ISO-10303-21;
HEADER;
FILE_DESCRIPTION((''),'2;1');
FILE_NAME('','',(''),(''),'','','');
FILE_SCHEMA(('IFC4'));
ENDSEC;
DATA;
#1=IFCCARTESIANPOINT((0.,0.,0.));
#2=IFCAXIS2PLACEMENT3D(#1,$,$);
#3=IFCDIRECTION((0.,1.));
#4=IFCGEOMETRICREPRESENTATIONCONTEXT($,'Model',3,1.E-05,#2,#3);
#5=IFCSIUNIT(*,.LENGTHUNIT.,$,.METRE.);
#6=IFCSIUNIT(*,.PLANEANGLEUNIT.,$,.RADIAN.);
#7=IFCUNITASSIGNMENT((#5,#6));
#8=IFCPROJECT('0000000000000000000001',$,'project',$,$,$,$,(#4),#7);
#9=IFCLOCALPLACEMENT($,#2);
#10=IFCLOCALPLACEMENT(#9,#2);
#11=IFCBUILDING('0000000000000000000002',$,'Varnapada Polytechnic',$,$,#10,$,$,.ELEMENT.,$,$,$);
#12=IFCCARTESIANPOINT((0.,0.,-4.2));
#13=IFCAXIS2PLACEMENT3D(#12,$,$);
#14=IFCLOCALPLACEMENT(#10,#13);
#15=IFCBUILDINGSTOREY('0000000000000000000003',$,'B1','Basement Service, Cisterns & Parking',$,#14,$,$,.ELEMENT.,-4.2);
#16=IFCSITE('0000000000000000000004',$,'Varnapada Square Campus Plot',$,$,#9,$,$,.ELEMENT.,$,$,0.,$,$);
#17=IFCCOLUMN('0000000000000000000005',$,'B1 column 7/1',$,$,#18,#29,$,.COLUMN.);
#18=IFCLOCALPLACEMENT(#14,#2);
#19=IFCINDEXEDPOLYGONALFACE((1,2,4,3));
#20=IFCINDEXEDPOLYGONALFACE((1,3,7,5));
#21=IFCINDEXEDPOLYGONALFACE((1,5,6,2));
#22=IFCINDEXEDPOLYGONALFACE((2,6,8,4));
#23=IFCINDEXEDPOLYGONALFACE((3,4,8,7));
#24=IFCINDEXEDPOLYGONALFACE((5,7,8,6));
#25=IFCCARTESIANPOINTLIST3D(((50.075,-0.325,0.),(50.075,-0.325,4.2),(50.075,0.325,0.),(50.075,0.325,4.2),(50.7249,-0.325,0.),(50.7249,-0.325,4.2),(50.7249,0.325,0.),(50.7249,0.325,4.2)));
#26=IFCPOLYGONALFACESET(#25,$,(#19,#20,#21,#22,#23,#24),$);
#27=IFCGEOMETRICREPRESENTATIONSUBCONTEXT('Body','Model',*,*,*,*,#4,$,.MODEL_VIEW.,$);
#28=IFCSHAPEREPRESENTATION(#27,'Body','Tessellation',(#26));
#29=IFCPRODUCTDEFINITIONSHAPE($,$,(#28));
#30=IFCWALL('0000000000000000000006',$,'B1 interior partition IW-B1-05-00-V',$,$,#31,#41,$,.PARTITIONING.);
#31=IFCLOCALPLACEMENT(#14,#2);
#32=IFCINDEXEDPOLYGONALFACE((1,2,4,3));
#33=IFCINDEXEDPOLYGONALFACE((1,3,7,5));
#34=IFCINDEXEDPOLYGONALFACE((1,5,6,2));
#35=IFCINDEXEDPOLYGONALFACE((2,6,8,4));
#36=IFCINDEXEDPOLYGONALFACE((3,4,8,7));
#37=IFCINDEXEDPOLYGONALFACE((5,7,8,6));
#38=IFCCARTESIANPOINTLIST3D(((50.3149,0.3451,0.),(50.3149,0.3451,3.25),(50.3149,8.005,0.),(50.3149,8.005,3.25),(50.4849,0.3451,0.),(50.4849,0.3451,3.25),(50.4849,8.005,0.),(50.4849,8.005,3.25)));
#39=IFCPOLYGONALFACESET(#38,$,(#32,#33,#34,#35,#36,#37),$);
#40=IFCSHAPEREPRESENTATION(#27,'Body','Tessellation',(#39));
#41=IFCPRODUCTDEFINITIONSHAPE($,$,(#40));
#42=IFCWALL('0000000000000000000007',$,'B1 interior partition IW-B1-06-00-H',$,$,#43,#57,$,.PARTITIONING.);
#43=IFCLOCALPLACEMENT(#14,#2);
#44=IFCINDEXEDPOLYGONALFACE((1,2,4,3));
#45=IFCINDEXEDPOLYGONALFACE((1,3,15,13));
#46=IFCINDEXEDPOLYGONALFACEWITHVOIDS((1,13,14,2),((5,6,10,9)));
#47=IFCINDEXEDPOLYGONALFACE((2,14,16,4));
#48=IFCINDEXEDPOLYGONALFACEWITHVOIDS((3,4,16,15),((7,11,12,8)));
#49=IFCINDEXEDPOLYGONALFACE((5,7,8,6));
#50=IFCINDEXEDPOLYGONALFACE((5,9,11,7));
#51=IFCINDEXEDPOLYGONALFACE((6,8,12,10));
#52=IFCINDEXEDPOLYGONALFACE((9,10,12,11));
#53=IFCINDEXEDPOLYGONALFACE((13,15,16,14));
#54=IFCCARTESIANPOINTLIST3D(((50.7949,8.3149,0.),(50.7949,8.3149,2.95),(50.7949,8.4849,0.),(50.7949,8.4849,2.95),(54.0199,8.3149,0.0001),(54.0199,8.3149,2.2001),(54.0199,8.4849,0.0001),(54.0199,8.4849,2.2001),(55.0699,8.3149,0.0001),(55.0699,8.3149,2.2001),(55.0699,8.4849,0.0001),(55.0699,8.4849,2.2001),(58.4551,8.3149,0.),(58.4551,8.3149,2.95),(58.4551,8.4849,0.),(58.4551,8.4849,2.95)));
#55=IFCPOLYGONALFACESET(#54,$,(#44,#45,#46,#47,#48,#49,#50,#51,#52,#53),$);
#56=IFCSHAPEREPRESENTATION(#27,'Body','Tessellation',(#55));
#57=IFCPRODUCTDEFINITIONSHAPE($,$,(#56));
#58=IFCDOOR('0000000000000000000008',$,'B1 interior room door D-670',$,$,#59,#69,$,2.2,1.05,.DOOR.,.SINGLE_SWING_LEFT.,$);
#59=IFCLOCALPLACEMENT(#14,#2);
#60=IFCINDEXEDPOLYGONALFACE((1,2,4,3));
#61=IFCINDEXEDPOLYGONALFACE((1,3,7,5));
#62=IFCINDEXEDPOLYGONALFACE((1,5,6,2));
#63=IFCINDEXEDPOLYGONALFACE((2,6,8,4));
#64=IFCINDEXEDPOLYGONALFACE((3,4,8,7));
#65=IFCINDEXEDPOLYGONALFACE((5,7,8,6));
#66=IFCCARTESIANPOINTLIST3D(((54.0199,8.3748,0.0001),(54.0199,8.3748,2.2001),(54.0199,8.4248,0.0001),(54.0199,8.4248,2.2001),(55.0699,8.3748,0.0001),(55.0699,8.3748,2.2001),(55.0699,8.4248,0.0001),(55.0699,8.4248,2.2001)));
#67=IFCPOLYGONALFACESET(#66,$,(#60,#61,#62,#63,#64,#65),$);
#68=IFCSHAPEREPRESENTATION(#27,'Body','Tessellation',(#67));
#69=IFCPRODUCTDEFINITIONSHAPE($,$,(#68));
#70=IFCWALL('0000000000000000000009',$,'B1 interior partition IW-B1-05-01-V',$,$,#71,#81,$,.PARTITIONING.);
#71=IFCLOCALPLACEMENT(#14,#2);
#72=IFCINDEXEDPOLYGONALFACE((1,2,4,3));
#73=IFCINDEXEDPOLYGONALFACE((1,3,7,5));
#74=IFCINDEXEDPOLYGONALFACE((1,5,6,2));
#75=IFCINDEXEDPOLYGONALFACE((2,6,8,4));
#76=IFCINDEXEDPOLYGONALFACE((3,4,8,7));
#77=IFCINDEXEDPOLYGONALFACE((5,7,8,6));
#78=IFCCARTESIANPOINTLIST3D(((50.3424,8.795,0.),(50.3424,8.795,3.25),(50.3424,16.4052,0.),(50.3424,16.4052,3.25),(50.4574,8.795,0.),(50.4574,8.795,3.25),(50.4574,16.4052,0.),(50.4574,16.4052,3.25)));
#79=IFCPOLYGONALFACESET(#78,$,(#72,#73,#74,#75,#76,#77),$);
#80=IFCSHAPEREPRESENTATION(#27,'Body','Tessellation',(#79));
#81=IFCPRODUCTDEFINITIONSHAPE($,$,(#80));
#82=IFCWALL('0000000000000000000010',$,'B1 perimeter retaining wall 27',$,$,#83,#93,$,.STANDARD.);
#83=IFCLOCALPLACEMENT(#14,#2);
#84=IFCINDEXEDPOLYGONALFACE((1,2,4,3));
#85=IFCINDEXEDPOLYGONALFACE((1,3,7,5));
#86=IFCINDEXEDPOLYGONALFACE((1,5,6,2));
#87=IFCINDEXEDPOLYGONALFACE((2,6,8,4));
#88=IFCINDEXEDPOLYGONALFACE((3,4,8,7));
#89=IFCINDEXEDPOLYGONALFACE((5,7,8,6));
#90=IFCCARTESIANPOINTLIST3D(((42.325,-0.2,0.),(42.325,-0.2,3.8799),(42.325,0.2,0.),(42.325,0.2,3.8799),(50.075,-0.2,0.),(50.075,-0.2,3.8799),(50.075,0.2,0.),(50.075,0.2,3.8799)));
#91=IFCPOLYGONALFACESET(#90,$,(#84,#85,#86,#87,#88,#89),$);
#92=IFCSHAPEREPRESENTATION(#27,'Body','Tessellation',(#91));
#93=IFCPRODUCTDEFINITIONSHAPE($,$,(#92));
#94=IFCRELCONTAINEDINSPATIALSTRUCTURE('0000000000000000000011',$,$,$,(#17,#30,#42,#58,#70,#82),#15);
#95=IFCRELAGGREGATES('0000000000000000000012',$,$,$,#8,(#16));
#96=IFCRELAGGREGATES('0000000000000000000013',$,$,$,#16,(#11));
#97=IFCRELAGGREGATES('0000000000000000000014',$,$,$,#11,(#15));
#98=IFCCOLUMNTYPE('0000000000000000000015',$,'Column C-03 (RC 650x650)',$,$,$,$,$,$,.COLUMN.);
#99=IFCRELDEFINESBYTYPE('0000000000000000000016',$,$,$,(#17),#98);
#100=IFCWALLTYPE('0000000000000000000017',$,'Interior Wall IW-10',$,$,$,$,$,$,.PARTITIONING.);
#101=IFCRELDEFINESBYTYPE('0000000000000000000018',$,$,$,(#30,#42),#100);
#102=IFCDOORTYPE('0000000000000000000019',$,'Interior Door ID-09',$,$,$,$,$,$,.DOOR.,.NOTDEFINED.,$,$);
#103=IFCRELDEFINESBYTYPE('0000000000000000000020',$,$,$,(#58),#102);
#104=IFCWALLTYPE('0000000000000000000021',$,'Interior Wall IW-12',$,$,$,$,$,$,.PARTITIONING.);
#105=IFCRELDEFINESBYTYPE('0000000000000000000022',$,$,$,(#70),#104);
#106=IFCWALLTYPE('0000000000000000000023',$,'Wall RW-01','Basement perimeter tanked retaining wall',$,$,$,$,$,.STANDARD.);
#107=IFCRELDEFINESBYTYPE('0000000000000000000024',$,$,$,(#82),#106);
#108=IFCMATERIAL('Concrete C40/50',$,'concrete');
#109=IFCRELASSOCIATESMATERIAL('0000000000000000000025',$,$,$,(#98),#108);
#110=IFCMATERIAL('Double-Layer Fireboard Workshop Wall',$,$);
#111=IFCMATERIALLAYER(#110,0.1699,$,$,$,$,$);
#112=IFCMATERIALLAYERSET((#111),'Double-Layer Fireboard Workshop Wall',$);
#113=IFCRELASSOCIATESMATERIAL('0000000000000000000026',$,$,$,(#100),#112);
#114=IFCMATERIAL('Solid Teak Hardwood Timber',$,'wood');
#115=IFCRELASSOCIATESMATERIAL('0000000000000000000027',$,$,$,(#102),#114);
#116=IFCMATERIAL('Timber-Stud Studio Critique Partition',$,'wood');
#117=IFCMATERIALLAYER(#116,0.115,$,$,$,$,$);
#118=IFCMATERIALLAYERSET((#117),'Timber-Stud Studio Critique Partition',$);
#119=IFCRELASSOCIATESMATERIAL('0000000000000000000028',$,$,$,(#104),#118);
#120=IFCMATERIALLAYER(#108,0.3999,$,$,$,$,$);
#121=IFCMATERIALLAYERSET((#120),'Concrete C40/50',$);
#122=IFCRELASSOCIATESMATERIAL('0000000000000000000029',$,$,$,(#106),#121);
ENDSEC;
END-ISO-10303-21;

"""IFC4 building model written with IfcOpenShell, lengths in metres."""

from ifc_helpers import new_model, si_unit, direction, frame, frame_2d, origin, origin_2d, place, context, subcontext, project, spatial, rectangle, extrude, material, layer, layer_set, material_profile, profile_set, type_object, element, fill, save


model = new_model("IFC4")

# Units and contexts
model_context = context("Model", 3, precision=1e-05, world=origin(), true_north=direction((0.0, 1.0)))
body_context = subcontext(model_context, "Body", "Model", "MODEL_VIEW")
ifc_project = project(units=[si_unit("LENGTHUNIT", "METRE"), si_unit("PLANEANGLEUNIT", "RADIAN")], contexts=[model_context])

# Site, building, storey
site_placement = place(None, origin())
site = spatial("IfcSite", under=ifc_project, at=site_placement, Name="Varnapada Square Campus Plot", CompositionType="ELEMENT", RefElevation=0.0)
building_placement = place(site_placement, origin())
building = spatial("IfcBuilding", under=site, at=building_placement, Name="Varnapada Polytechnic", CompositionType="ELEMENT")
storey_placement = place(building_placement, frame((0.0, 0.0, -4.2)))
storey = spatial("IfcBuildingStorey", under=building, at=storey_placement, Name="B1", Description="Basement Service, Cisterns & Parking", CompositionType="ELEMENT", Elevation=-4.2)

# Shared definitions
ifc_material_1 = material(Name="Concrete C40/50", Category="concrete")

# Column
ifc_material_profile_1 = material_profile(ifc_material_1, rectangle(XDim=0.6499, YDim=0.6499, at=origin_2d()), Name="RC 650x650")
ifc_profile_set_1 = profile_set([ifc_material_profile_1], Name="Concrete C40/50")
column_type_1 = type_object("IfcColumnType", Name="Column C-03 (RC 650x650)", PredefinedType="COLUMN", material=ifc_profile_set_1)
column_1_placement = place(storey_placement, frame((50.3999, 0.0, 0.0), z_axis=(0.0, 0.0, 1.0), x_axis=(1.0, 0.0, 0.0)))
element("IfcColumn", 1, at=column_1_placement, inside=storey, type_object=column_type_1, Name="B1 column 7/1", PredefinedType="COLUMN", context=body_context, shape_type="SweptSolid", body=[
    extrude(rectangle(XDim=0.6499, YDim=0.6499, at=origin_2d()), origin(), (0.0, 0.0, 1.0), 4.2),
])

# Wall
ifc_material_2 = material(Name="Double-Layer Fireboard Workshop Wall")
ifc_layer_1 = layer(ifc_material_2, 0.1699)
ifc_layer_set_1 = layer_set([ifc_layer_1], Name="Double-Layer Fireboard Workshop Wall")
wall_type_1 = type_object("IfcWallType", Name="Interior Wall IW-10", PredefinedType="PARTITIONING", material=ifc_layer_set_1)
wall_1_placement = place(storey_placement, frame((50.3999, 0.345, 0.0), z_axis=(0.0, 0.0, 1.0), x_axis=(0.0, 1.0, 0.0)))
element("IfcWall", 2, at=wall_1_placement, inside=storey, type_object=wall_type_1, Name="B1 interior partition IW-B1-05-00-V", PredefinedType="PARTITIONING", context=body_context, shape_type="SweptSolid", body=[
    extrude(rectangle(XDim=7.6599, YDim=0.1699, at=frame_2d((3.8301, 0.0))), origin(), (0.0, 0.0, 1.0), 3.25),
])

# Wall, opening, door
wall_2_placement = place(storey_placement, frame((50.7949, 8.3999, 0.0), z_axis=(0.0, 0.0, 1.0), x_axis=(1.0, 0.0, 0.0)))
wall_2 = element("IfcWall", 3, at=wall_2_placement, inside=storey, type_object=wall_type_1, Name="B1 interior partition IW-B1-06-00-H", PredefinedType="PARTITIONING", context=body_context, shape_type="SweptSolid", body=[
    extrude(rectangle(XDim=7.6602, YDim=0.1699, at=frame_2d((3.8301, 0.0))), origin(), (0.0, 0.0, 1.0), 2.95),
])
opening_placement = place(wall_2_placement, frame((3.2251, 0.0, 0.0)))
opening = element("IfcOpeningElement", 4, at=opening_placement, cuts=wall_2, PredefinedType="OPENING", context=body_context, shape_type="SweptSolid", body=[
    extrude(rectangle(XDim=1.05, YDim=2.2, at=frame_2d((0.5249, 1.1001))), frame((0.0, 0.095, 0.0), z_axis=(0.0, -1.0, 0.0), x_axis=(1.0, 0.0, 0.0)), (0.0, 0.0, 1.0), 0.1899),
])
ifc_material_3 = material(Name="Solid Teak Hardwood Timber", Category="wood")
door_type = type_object("IfcDoorType", Name="Interior Door ID-09", OperationType="NOTDEFINED", PredefinedType="DOOR", material=ifc_material_3)
door_placement = place(opening_placement, origin())
door = element("IfcDoor", 5, at=door_placement, inside=storey, type_object=door_type, Name="B1 interior room door D-670", OperationType="SINGLE_SWING_LEFT", OverallHeight=2.2, OverallWidth=1.05, PredefinedType="DOOR", context=body_context, shape_type="SweptSolid", body=[
    extrude(rectangle(XDim=1.05, YDim=2.2, at=frame_2d((0.5249, 1.1001))), frame((0.0, 0.0249, 0.0), z_axis=(0.0, -1.0, 0.0), x_axis=(1.0, 0.0, 0.0)), (0.0, 0.0, 1.0), 0.05),
])
fill(opening, door)

# Walls
ifc_material_4 = material(Name="Timber-Stud Studio Critique Partition", Category="wood")
ifc_layer_2 = layer(ifc_material_4, 0.115)
ifc_layer_set_2 = layer_set([ifc_layer_2], Name="Timber-Stud Studio Critique Partition")
wall_type_2 = type_object("IfcWallType", Name="Interior Wall IW-12", PredefinedType="PARTITIONING", material=ifc_layer_set_2)
wall_3_placement = place(storey_placement, frame((50.3999, 8.7949, 0.0), z_axis=(0.0, 0.0, 1.0), x_axis=(0.0, 1.0, 0.0)))
element("IfcWall", 6, at=wall_3_placement, inside=storey, type_object=wall_type_2, Name="B1 interior partition IW-B1-05-01-V", PredefinedType="PARTITIONING", context=body_context, shape_type="SweptSolid", body=[
    extrude(rectangle(XDim=7.6101, YDim=0.115, at=frame_2d((3.8052, 0.0))), origin(), (0.0, 0.0, 1.0), 3.25),
])
ifc_layer_3 = layer(ifc_material_1, 0.3999)
ifc_layer_set_3 = layer_set([ifc_layer_3], Name="Concrete C40/50")
wall_type_3 = type_object("IfcWallType", Name="Wall RW-01", Description="Basement perimeter tanked retaining wall", PredefinedType="STANDARD", material=ifc_layer_set_3)
wall_4_placement = place(storey_placement, frame((50.075, 0.0, 0.0), z_axis=(0.0, 0.0, 1.0), x_axis=(-1.0, 0.0, 0.0)))
element("IfcWall", 7, at=wall_4_placement, inside=storey, type_object=wall_type_3, Name="B1 perimeter retaining wall 27", PredefinedType="STANDARD", context=body_context, shape_type="SweptSolid", body=[
    extrude(rectangle(XDim=7.75, YDim=0.3999, at=frame_2d((3.875, 0.0))), origin(), (0.0, 0.0, 1.0), 3.8799),
])

save(model, "model.ifc")
